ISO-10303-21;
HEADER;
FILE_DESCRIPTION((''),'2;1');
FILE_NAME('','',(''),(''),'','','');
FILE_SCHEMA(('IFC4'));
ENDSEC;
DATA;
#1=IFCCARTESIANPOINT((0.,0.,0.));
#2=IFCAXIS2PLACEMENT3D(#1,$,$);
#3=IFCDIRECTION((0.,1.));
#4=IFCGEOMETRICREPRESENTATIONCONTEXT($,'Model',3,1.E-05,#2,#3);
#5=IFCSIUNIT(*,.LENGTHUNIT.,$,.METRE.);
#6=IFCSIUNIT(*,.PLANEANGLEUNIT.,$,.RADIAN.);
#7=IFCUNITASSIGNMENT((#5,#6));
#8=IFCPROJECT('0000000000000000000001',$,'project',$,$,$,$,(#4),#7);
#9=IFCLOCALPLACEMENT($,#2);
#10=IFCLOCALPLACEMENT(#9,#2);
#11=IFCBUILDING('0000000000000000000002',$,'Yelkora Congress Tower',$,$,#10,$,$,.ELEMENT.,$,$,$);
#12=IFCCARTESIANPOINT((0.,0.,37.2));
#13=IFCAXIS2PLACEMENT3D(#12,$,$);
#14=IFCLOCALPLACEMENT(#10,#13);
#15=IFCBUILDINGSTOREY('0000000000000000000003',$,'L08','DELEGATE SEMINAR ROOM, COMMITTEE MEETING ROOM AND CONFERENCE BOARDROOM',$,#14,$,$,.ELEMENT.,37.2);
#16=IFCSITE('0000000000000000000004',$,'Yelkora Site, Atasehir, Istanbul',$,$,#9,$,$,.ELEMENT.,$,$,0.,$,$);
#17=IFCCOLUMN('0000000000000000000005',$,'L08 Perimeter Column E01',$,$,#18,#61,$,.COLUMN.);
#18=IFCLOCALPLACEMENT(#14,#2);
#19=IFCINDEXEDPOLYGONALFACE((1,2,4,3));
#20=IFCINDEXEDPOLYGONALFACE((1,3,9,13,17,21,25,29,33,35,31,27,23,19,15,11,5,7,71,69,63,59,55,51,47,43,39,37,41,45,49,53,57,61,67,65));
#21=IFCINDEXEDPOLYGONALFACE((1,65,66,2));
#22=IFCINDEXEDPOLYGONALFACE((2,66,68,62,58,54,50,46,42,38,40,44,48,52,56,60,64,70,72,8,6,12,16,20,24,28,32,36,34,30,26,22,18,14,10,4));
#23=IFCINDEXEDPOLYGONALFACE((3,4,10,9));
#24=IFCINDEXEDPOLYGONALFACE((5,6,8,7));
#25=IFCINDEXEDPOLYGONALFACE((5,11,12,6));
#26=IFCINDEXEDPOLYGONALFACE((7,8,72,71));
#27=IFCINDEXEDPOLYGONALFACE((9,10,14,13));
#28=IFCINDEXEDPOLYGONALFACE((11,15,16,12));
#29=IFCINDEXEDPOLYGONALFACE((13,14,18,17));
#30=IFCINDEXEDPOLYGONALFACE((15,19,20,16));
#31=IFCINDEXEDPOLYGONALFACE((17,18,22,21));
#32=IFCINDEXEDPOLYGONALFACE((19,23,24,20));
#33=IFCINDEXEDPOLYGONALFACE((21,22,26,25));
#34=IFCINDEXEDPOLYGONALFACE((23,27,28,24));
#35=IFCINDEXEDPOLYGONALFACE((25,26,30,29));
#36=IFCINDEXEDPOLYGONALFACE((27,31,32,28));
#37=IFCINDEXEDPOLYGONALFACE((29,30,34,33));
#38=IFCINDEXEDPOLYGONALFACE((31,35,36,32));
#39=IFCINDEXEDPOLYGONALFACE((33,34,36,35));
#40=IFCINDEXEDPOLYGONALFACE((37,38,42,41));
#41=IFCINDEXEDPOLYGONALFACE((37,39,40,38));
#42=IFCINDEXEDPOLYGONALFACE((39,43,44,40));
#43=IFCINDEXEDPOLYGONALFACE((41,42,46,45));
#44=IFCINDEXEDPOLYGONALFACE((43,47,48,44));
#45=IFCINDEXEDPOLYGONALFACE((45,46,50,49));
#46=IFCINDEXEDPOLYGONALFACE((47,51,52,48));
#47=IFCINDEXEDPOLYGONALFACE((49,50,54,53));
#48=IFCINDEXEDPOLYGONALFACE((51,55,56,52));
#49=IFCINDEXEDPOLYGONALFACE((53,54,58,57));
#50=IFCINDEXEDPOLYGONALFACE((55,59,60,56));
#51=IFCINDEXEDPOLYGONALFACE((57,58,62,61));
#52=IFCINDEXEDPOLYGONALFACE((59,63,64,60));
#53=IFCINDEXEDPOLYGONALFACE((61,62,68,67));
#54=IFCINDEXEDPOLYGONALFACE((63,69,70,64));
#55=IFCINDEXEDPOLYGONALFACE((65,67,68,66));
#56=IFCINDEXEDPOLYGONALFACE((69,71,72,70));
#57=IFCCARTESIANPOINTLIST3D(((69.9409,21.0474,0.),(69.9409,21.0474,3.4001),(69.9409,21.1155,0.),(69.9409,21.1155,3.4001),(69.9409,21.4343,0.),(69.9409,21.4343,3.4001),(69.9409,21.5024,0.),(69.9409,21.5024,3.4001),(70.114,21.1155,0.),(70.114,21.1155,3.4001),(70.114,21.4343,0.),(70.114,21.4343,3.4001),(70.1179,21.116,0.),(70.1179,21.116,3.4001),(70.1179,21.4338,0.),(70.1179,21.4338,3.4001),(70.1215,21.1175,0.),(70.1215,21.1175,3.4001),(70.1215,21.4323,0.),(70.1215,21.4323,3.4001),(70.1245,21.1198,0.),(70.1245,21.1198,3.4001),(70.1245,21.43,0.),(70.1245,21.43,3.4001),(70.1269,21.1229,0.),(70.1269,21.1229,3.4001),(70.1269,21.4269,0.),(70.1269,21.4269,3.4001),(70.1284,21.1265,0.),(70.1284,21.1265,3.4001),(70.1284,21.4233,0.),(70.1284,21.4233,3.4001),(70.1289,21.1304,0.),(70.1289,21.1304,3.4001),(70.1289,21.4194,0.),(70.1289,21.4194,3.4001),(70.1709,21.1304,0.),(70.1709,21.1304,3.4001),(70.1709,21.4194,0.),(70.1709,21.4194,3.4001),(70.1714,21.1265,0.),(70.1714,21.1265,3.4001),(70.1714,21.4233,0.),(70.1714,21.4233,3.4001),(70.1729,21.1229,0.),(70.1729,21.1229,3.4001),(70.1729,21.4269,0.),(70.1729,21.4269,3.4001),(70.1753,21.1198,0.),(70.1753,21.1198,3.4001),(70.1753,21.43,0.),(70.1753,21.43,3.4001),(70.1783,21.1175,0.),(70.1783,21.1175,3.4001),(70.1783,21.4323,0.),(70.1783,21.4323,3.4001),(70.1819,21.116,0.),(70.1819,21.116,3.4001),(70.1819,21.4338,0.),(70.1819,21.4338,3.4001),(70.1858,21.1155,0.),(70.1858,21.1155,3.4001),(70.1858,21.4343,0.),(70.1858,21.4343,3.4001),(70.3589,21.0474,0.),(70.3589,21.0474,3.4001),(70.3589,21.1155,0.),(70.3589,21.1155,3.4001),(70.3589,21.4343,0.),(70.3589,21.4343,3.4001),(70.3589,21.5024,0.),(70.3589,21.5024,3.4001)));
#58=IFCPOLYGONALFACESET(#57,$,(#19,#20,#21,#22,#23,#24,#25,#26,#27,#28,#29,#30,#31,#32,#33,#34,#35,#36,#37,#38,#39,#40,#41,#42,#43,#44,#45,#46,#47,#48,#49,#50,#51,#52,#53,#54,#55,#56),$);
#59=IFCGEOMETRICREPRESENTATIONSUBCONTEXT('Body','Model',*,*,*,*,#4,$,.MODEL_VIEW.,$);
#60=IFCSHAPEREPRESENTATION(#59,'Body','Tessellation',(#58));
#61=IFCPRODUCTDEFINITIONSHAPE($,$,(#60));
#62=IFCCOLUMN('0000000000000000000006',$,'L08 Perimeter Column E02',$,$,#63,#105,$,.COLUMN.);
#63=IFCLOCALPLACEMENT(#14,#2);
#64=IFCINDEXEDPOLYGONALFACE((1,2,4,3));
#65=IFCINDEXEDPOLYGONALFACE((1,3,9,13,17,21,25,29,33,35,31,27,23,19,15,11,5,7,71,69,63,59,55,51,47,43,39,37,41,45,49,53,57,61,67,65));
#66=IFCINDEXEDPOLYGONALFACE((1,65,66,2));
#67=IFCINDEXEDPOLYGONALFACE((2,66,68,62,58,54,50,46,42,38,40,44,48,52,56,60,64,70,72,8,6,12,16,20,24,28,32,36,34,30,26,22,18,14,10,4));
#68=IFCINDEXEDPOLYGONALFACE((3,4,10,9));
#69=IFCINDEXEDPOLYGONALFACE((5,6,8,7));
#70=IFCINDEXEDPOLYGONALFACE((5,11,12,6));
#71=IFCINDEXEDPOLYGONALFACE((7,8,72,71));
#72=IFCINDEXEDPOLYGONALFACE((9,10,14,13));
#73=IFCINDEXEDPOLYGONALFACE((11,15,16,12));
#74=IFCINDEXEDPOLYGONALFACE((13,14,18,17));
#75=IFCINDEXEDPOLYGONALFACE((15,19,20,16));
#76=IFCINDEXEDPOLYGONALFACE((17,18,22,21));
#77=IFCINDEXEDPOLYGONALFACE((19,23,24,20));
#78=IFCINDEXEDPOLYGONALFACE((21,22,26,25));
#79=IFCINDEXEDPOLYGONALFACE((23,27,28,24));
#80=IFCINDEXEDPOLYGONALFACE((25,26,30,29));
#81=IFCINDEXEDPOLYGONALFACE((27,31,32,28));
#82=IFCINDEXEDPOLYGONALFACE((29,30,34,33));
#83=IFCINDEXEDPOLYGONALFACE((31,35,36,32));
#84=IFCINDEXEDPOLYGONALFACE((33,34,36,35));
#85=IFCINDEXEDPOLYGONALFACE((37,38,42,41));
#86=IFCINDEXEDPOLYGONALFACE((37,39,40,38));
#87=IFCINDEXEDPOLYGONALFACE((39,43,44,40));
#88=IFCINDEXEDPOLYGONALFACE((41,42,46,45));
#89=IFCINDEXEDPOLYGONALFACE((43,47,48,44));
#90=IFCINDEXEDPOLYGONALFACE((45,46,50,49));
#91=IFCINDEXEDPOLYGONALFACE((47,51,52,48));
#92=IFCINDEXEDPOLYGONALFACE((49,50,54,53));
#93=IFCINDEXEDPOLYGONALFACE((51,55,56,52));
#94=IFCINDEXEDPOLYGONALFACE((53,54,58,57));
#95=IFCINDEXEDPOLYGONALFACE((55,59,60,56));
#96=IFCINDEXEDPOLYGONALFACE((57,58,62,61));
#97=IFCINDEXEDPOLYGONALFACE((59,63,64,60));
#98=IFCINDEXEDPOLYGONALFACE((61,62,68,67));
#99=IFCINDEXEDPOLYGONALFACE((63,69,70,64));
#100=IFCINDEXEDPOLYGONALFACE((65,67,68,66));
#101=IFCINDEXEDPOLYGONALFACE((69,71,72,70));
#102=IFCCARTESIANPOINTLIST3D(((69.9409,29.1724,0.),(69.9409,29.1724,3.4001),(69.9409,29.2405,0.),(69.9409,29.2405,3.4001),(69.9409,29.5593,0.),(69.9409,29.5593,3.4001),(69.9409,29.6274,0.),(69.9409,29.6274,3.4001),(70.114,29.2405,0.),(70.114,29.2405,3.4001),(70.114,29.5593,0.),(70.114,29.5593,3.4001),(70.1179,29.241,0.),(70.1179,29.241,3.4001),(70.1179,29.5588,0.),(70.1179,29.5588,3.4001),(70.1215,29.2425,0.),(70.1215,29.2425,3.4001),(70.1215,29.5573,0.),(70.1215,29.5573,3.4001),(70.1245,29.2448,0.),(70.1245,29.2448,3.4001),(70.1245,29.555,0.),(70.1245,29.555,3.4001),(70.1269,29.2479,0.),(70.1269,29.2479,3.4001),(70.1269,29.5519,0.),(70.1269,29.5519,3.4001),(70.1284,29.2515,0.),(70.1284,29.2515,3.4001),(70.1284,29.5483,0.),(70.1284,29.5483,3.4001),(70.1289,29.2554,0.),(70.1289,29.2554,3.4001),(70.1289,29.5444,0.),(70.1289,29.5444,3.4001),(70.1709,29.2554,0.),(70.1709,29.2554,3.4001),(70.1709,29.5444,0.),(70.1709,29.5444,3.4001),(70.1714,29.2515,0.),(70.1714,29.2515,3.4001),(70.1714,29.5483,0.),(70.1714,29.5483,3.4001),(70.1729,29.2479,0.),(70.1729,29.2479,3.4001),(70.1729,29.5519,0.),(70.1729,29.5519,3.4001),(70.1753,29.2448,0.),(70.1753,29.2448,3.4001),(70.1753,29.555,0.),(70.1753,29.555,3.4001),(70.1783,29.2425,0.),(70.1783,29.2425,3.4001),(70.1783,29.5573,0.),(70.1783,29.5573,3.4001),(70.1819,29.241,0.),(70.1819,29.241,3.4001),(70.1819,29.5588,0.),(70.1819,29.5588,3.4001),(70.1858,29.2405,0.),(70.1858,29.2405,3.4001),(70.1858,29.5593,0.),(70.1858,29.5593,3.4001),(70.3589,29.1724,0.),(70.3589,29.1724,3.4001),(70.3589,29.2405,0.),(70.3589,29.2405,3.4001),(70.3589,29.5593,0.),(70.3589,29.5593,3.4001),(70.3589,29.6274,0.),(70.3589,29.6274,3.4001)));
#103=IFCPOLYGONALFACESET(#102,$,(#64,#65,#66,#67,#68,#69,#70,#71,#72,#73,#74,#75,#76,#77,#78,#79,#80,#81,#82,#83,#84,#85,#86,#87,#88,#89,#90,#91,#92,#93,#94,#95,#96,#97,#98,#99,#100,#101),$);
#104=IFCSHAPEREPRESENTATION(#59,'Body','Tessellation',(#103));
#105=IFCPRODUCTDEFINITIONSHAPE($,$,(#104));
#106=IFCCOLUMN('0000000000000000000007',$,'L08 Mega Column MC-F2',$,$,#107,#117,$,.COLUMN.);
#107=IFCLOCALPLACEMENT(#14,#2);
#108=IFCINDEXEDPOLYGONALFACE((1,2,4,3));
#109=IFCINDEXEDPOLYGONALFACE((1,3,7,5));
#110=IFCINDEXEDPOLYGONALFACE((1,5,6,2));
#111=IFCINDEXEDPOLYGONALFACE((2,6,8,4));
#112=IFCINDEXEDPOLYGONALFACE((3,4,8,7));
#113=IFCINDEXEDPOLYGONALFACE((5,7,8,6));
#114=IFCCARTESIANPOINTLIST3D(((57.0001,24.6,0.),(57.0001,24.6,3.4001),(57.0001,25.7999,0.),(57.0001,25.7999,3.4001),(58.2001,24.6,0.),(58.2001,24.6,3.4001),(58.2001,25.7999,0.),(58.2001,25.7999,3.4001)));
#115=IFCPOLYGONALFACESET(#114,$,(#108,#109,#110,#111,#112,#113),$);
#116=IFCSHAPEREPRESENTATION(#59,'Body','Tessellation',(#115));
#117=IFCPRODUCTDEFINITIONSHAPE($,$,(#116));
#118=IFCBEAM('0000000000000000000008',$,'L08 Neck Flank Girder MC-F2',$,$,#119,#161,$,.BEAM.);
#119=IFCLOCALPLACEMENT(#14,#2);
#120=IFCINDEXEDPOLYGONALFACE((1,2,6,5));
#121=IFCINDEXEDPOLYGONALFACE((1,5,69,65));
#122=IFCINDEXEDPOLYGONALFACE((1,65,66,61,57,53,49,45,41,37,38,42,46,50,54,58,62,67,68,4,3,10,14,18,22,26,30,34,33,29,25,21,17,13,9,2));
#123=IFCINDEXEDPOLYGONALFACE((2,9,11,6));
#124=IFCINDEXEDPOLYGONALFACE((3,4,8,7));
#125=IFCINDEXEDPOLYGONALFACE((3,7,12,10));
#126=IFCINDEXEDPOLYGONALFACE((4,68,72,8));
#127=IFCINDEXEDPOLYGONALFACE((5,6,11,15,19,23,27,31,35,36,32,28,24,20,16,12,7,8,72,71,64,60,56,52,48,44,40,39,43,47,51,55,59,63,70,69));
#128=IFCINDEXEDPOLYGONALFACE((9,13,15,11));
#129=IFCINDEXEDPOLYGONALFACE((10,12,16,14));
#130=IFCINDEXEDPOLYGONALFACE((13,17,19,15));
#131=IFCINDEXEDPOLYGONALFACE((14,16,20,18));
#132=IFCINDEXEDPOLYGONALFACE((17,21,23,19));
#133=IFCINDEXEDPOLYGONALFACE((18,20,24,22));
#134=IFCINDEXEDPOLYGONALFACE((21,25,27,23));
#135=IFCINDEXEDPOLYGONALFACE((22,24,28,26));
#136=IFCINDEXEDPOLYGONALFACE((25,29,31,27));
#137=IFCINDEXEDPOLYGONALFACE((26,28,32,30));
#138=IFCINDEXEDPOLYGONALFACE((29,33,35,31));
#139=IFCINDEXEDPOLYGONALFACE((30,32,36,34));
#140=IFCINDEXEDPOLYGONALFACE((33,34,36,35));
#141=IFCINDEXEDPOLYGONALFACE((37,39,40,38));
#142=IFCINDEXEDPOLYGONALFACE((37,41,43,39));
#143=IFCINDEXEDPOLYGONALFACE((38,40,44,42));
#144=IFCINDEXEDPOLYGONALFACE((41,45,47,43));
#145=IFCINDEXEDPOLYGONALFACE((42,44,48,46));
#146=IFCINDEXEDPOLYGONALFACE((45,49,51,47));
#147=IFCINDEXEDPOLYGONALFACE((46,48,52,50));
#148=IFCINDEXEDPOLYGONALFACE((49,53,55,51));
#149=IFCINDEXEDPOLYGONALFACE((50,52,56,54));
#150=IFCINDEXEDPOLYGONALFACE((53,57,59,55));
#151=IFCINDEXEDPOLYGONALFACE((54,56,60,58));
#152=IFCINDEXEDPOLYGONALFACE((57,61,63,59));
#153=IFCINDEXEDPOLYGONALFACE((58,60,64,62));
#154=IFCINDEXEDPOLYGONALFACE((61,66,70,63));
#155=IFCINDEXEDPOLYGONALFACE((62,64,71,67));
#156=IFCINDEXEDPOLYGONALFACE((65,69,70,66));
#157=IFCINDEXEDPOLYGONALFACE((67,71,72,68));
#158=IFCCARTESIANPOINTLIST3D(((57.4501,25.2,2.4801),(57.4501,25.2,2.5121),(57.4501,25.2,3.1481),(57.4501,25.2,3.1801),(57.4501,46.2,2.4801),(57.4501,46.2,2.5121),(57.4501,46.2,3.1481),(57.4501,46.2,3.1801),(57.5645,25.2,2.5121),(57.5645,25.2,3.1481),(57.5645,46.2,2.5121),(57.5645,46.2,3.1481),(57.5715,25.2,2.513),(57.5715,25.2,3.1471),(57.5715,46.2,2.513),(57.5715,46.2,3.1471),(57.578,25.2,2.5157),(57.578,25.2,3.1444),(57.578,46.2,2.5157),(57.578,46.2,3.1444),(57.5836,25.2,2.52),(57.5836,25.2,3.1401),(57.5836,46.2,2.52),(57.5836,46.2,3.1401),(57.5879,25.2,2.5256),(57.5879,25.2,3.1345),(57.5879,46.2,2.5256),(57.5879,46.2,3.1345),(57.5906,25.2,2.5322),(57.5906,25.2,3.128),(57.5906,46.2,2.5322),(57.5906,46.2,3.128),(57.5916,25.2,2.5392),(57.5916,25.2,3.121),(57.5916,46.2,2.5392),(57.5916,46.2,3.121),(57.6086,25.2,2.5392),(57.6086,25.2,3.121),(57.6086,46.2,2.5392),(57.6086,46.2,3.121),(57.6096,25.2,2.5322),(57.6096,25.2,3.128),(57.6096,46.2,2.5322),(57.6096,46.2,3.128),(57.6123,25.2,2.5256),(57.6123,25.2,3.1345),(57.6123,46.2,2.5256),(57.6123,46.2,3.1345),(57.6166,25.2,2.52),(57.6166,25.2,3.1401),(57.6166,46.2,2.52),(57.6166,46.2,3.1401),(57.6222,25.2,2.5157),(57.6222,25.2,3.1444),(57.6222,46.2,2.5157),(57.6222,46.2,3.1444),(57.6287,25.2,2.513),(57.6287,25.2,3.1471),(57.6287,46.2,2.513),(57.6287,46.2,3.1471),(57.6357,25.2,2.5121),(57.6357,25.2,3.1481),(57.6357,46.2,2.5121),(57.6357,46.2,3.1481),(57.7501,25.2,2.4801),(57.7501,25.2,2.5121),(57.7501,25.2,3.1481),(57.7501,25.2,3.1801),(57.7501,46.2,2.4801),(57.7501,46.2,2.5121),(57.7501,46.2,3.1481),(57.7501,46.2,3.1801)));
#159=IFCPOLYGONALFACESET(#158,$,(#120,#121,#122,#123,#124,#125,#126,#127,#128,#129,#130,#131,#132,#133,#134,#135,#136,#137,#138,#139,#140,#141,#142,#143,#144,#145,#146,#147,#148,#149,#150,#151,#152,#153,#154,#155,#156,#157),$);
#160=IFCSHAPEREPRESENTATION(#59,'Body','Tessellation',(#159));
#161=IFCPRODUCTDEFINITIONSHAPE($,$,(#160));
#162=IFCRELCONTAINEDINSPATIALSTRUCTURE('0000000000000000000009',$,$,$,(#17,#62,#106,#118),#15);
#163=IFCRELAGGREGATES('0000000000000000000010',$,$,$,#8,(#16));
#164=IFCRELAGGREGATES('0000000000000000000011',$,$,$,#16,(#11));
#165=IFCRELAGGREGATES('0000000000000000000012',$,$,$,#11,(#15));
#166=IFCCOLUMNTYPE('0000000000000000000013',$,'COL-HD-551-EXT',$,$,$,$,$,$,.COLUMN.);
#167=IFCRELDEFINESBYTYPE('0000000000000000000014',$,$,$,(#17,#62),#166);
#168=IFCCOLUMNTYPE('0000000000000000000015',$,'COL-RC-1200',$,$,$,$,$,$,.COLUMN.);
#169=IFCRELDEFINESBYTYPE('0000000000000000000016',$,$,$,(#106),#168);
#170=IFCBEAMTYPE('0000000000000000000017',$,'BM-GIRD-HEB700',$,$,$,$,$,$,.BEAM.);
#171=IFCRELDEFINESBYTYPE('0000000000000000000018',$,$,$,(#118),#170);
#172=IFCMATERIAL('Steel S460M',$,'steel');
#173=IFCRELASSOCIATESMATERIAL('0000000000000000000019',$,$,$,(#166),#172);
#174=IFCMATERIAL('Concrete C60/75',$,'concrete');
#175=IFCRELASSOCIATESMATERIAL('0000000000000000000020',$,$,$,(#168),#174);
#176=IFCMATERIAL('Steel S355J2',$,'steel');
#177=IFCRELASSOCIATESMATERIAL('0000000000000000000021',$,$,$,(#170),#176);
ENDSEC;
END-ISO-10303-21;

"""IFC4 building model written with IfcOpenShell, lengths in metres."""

from ifc_helpers import new_model, si_unit, direction, frame, origin, origin_2d, place, context, subcontext, project, spatial, rectangle, i_section, extrude, material, material_profile, profile_set, type_object, element, save


model = new_model("IFC4")

# Units and contexts
model_context = context("Model", 3, precision=1e-05, world=origin(), true_north=direction((0.0, 1.0)))
body_context = subcontext(model_context, "Body", "Model", "MODEL_VIEW")
ifc_project = project(units=[si_unit("LENGTHUNIT", "METRE"), si_unit("PLANEANGLEUNIT", "RADIAN")], contexts=[model_context])

# Site, building, storey
site_placement = place(None, origin())
site = spatial("IfcSite", under=ifc_project, at=site_placement, Name="Yelkora Site, Atasehir, Istanbul", CompositionType="ELEMENT", RefElevation=0.0)
building_placement = place(site_placement, origin())
building = spatial("IfcBuilding", under=site, at=building_placement, Name="Yelkora Congress Tower", CompositionType="ELEMENT")
storey_placement = place(building_placement, frame((0.0, 0.0, 37.2)))
storey = spatial("IfcBuildingStorey", under=building, at=storey_placement, Name="L08", Description="DELEGATE SEMINAR ROOM, COMMITTEE MEETING ROOM AND CONFERENCE BOARDROOM", CompositionType="ELEMENT", Elevation=37.2)

# Columns
ifc_material_1 = material(Name="Steel S460M", Category="steel")
ifc_material_profile_1 = material_profile(ifc_material_1, i_section(OverallWidth=0.418, OverallDepth=0.4551, WebThickness=0.042, FlangeThickness=0.0681, FilletRadius=0.0149, at=origin_2d()), Name="HD 400x551")
ifc_profile_set_1 = profile_set([ifc_material_profile_1], Name="Steel S460M")
column_type_1 = type_object("IfcColumnType", Name="COL-HD-551-EXT", PredefinedType="COLUMN", material=ifc_profile_set_1)
for number, where, z_axis, x_axis, name in (
    (1, (70.1499, 21.2749, 0.0), (0.0, 0.0, 1.0), (1.0, 0.0, 0.0), "L08 Perimeter Column E01"),
    (2, (70.1499, 29.3999, 0.0), (0.0, 0.0, 1.0), (1.0, 0.0, 0.0), "L08 Perimeter Column E02"),
):
    element("IfcColumn", number, at=place(storey_placement, frame(where, z_axis=z_axis, x_axis=x_axis)), inside=storey, type_object=column_type_1, Name=name, PredefinedType="COLUMN", context=body_context, shape_type="SweptSolid", body=[
        extrude(i_section(OverallWidth=0.418, OverallDepth=0.4551, WebThickness=0.042, FlangeThickness=0.0681, FilletRadius=0.0149, at=origin_2d()), origin(), (0.0, 0.0, 1.0), 3.4001),
    ])
ifc_material_2 = material(Name="Concrete C60/75", Category="concrete")
ifc_material_profile_2 = material_profile(ifc_material_2, rectangle(XDim=1.2, YDim=1.2, at=origin_2d()), Name="RC 1200x1200")
ifc_profile_set_2 = profile_set([ifc_material_profile_2], Name="Concrete C60/75")
column_type_2 = type_object("IfcColumnType", Name="COL-RC-1200", PredefinedType="COLUMN", material=ifc_profile_set_2)
column_placement = place(storey_placement, frame((57.6001, 25.2, 0.0), z_axis=(0.0, 0.0, 1.0), x_axis=(1.0, 0.0, 0.0)))
element("IfcColumn", 3, at=column_placement, inside=storey, type_object=column_type_2, Name="L08 Mega Column MC-F2", PredefinedType="COLUMN", context=body_context, shape_type="SweptSolid", body=[
    extrude(rectangle(XDim=1.2, YDim=1.2, at=origin_2d()), origin(), (0.0, 0.0, 1.0), 3.4001),
])

# Beam
ifc_material_3 = material(Name="Steel S355J2", Category="steel")
ifc_material_profile_3 = material_profile(ifc_material_3, i_section(OverallWidth=0.3, OverallDepth=0.7, WebThickness=0.0171, FlangeThickness=0.032, FilletRadius=0.0271, at=origin_2d()), Name="HEB 700")
ifc_profile_set_3 = profile_set([ifc_material_profile_3], Name="Steel S355J2")
beam_type_1 = type_object("IfcBeamType", Name="BM-GIRD-HEB700", PredefinedType="BEAM", material=ifc_profile_set_3)
beam_1_placement = place(storey_placement, frame((57.6001, 25.2, 2.8301), z_axis=(0.0, 1.0, 0.0), x_axis=(-1.0, 0.0, 0.0)))
element("IfcBeam", 4, at=beam_1_placement, inside=storey, type_object=beam_type_1, Name="L08 Neck Flank Girder MC-F2", PredefinedType="BEAM", context=body_context, shape_type="SweptSolid", body=[
    extrude(i_section(OverallWidth=0.3, OverallDepth=0.7, WebThickness=0.0171, FlangeThickness=0.032, FilletRadius=0.0271, at=origin_2d()), origin(), (0.0, 0.0, 1.0), 21.0),
])

save(model, "model.ifc")
